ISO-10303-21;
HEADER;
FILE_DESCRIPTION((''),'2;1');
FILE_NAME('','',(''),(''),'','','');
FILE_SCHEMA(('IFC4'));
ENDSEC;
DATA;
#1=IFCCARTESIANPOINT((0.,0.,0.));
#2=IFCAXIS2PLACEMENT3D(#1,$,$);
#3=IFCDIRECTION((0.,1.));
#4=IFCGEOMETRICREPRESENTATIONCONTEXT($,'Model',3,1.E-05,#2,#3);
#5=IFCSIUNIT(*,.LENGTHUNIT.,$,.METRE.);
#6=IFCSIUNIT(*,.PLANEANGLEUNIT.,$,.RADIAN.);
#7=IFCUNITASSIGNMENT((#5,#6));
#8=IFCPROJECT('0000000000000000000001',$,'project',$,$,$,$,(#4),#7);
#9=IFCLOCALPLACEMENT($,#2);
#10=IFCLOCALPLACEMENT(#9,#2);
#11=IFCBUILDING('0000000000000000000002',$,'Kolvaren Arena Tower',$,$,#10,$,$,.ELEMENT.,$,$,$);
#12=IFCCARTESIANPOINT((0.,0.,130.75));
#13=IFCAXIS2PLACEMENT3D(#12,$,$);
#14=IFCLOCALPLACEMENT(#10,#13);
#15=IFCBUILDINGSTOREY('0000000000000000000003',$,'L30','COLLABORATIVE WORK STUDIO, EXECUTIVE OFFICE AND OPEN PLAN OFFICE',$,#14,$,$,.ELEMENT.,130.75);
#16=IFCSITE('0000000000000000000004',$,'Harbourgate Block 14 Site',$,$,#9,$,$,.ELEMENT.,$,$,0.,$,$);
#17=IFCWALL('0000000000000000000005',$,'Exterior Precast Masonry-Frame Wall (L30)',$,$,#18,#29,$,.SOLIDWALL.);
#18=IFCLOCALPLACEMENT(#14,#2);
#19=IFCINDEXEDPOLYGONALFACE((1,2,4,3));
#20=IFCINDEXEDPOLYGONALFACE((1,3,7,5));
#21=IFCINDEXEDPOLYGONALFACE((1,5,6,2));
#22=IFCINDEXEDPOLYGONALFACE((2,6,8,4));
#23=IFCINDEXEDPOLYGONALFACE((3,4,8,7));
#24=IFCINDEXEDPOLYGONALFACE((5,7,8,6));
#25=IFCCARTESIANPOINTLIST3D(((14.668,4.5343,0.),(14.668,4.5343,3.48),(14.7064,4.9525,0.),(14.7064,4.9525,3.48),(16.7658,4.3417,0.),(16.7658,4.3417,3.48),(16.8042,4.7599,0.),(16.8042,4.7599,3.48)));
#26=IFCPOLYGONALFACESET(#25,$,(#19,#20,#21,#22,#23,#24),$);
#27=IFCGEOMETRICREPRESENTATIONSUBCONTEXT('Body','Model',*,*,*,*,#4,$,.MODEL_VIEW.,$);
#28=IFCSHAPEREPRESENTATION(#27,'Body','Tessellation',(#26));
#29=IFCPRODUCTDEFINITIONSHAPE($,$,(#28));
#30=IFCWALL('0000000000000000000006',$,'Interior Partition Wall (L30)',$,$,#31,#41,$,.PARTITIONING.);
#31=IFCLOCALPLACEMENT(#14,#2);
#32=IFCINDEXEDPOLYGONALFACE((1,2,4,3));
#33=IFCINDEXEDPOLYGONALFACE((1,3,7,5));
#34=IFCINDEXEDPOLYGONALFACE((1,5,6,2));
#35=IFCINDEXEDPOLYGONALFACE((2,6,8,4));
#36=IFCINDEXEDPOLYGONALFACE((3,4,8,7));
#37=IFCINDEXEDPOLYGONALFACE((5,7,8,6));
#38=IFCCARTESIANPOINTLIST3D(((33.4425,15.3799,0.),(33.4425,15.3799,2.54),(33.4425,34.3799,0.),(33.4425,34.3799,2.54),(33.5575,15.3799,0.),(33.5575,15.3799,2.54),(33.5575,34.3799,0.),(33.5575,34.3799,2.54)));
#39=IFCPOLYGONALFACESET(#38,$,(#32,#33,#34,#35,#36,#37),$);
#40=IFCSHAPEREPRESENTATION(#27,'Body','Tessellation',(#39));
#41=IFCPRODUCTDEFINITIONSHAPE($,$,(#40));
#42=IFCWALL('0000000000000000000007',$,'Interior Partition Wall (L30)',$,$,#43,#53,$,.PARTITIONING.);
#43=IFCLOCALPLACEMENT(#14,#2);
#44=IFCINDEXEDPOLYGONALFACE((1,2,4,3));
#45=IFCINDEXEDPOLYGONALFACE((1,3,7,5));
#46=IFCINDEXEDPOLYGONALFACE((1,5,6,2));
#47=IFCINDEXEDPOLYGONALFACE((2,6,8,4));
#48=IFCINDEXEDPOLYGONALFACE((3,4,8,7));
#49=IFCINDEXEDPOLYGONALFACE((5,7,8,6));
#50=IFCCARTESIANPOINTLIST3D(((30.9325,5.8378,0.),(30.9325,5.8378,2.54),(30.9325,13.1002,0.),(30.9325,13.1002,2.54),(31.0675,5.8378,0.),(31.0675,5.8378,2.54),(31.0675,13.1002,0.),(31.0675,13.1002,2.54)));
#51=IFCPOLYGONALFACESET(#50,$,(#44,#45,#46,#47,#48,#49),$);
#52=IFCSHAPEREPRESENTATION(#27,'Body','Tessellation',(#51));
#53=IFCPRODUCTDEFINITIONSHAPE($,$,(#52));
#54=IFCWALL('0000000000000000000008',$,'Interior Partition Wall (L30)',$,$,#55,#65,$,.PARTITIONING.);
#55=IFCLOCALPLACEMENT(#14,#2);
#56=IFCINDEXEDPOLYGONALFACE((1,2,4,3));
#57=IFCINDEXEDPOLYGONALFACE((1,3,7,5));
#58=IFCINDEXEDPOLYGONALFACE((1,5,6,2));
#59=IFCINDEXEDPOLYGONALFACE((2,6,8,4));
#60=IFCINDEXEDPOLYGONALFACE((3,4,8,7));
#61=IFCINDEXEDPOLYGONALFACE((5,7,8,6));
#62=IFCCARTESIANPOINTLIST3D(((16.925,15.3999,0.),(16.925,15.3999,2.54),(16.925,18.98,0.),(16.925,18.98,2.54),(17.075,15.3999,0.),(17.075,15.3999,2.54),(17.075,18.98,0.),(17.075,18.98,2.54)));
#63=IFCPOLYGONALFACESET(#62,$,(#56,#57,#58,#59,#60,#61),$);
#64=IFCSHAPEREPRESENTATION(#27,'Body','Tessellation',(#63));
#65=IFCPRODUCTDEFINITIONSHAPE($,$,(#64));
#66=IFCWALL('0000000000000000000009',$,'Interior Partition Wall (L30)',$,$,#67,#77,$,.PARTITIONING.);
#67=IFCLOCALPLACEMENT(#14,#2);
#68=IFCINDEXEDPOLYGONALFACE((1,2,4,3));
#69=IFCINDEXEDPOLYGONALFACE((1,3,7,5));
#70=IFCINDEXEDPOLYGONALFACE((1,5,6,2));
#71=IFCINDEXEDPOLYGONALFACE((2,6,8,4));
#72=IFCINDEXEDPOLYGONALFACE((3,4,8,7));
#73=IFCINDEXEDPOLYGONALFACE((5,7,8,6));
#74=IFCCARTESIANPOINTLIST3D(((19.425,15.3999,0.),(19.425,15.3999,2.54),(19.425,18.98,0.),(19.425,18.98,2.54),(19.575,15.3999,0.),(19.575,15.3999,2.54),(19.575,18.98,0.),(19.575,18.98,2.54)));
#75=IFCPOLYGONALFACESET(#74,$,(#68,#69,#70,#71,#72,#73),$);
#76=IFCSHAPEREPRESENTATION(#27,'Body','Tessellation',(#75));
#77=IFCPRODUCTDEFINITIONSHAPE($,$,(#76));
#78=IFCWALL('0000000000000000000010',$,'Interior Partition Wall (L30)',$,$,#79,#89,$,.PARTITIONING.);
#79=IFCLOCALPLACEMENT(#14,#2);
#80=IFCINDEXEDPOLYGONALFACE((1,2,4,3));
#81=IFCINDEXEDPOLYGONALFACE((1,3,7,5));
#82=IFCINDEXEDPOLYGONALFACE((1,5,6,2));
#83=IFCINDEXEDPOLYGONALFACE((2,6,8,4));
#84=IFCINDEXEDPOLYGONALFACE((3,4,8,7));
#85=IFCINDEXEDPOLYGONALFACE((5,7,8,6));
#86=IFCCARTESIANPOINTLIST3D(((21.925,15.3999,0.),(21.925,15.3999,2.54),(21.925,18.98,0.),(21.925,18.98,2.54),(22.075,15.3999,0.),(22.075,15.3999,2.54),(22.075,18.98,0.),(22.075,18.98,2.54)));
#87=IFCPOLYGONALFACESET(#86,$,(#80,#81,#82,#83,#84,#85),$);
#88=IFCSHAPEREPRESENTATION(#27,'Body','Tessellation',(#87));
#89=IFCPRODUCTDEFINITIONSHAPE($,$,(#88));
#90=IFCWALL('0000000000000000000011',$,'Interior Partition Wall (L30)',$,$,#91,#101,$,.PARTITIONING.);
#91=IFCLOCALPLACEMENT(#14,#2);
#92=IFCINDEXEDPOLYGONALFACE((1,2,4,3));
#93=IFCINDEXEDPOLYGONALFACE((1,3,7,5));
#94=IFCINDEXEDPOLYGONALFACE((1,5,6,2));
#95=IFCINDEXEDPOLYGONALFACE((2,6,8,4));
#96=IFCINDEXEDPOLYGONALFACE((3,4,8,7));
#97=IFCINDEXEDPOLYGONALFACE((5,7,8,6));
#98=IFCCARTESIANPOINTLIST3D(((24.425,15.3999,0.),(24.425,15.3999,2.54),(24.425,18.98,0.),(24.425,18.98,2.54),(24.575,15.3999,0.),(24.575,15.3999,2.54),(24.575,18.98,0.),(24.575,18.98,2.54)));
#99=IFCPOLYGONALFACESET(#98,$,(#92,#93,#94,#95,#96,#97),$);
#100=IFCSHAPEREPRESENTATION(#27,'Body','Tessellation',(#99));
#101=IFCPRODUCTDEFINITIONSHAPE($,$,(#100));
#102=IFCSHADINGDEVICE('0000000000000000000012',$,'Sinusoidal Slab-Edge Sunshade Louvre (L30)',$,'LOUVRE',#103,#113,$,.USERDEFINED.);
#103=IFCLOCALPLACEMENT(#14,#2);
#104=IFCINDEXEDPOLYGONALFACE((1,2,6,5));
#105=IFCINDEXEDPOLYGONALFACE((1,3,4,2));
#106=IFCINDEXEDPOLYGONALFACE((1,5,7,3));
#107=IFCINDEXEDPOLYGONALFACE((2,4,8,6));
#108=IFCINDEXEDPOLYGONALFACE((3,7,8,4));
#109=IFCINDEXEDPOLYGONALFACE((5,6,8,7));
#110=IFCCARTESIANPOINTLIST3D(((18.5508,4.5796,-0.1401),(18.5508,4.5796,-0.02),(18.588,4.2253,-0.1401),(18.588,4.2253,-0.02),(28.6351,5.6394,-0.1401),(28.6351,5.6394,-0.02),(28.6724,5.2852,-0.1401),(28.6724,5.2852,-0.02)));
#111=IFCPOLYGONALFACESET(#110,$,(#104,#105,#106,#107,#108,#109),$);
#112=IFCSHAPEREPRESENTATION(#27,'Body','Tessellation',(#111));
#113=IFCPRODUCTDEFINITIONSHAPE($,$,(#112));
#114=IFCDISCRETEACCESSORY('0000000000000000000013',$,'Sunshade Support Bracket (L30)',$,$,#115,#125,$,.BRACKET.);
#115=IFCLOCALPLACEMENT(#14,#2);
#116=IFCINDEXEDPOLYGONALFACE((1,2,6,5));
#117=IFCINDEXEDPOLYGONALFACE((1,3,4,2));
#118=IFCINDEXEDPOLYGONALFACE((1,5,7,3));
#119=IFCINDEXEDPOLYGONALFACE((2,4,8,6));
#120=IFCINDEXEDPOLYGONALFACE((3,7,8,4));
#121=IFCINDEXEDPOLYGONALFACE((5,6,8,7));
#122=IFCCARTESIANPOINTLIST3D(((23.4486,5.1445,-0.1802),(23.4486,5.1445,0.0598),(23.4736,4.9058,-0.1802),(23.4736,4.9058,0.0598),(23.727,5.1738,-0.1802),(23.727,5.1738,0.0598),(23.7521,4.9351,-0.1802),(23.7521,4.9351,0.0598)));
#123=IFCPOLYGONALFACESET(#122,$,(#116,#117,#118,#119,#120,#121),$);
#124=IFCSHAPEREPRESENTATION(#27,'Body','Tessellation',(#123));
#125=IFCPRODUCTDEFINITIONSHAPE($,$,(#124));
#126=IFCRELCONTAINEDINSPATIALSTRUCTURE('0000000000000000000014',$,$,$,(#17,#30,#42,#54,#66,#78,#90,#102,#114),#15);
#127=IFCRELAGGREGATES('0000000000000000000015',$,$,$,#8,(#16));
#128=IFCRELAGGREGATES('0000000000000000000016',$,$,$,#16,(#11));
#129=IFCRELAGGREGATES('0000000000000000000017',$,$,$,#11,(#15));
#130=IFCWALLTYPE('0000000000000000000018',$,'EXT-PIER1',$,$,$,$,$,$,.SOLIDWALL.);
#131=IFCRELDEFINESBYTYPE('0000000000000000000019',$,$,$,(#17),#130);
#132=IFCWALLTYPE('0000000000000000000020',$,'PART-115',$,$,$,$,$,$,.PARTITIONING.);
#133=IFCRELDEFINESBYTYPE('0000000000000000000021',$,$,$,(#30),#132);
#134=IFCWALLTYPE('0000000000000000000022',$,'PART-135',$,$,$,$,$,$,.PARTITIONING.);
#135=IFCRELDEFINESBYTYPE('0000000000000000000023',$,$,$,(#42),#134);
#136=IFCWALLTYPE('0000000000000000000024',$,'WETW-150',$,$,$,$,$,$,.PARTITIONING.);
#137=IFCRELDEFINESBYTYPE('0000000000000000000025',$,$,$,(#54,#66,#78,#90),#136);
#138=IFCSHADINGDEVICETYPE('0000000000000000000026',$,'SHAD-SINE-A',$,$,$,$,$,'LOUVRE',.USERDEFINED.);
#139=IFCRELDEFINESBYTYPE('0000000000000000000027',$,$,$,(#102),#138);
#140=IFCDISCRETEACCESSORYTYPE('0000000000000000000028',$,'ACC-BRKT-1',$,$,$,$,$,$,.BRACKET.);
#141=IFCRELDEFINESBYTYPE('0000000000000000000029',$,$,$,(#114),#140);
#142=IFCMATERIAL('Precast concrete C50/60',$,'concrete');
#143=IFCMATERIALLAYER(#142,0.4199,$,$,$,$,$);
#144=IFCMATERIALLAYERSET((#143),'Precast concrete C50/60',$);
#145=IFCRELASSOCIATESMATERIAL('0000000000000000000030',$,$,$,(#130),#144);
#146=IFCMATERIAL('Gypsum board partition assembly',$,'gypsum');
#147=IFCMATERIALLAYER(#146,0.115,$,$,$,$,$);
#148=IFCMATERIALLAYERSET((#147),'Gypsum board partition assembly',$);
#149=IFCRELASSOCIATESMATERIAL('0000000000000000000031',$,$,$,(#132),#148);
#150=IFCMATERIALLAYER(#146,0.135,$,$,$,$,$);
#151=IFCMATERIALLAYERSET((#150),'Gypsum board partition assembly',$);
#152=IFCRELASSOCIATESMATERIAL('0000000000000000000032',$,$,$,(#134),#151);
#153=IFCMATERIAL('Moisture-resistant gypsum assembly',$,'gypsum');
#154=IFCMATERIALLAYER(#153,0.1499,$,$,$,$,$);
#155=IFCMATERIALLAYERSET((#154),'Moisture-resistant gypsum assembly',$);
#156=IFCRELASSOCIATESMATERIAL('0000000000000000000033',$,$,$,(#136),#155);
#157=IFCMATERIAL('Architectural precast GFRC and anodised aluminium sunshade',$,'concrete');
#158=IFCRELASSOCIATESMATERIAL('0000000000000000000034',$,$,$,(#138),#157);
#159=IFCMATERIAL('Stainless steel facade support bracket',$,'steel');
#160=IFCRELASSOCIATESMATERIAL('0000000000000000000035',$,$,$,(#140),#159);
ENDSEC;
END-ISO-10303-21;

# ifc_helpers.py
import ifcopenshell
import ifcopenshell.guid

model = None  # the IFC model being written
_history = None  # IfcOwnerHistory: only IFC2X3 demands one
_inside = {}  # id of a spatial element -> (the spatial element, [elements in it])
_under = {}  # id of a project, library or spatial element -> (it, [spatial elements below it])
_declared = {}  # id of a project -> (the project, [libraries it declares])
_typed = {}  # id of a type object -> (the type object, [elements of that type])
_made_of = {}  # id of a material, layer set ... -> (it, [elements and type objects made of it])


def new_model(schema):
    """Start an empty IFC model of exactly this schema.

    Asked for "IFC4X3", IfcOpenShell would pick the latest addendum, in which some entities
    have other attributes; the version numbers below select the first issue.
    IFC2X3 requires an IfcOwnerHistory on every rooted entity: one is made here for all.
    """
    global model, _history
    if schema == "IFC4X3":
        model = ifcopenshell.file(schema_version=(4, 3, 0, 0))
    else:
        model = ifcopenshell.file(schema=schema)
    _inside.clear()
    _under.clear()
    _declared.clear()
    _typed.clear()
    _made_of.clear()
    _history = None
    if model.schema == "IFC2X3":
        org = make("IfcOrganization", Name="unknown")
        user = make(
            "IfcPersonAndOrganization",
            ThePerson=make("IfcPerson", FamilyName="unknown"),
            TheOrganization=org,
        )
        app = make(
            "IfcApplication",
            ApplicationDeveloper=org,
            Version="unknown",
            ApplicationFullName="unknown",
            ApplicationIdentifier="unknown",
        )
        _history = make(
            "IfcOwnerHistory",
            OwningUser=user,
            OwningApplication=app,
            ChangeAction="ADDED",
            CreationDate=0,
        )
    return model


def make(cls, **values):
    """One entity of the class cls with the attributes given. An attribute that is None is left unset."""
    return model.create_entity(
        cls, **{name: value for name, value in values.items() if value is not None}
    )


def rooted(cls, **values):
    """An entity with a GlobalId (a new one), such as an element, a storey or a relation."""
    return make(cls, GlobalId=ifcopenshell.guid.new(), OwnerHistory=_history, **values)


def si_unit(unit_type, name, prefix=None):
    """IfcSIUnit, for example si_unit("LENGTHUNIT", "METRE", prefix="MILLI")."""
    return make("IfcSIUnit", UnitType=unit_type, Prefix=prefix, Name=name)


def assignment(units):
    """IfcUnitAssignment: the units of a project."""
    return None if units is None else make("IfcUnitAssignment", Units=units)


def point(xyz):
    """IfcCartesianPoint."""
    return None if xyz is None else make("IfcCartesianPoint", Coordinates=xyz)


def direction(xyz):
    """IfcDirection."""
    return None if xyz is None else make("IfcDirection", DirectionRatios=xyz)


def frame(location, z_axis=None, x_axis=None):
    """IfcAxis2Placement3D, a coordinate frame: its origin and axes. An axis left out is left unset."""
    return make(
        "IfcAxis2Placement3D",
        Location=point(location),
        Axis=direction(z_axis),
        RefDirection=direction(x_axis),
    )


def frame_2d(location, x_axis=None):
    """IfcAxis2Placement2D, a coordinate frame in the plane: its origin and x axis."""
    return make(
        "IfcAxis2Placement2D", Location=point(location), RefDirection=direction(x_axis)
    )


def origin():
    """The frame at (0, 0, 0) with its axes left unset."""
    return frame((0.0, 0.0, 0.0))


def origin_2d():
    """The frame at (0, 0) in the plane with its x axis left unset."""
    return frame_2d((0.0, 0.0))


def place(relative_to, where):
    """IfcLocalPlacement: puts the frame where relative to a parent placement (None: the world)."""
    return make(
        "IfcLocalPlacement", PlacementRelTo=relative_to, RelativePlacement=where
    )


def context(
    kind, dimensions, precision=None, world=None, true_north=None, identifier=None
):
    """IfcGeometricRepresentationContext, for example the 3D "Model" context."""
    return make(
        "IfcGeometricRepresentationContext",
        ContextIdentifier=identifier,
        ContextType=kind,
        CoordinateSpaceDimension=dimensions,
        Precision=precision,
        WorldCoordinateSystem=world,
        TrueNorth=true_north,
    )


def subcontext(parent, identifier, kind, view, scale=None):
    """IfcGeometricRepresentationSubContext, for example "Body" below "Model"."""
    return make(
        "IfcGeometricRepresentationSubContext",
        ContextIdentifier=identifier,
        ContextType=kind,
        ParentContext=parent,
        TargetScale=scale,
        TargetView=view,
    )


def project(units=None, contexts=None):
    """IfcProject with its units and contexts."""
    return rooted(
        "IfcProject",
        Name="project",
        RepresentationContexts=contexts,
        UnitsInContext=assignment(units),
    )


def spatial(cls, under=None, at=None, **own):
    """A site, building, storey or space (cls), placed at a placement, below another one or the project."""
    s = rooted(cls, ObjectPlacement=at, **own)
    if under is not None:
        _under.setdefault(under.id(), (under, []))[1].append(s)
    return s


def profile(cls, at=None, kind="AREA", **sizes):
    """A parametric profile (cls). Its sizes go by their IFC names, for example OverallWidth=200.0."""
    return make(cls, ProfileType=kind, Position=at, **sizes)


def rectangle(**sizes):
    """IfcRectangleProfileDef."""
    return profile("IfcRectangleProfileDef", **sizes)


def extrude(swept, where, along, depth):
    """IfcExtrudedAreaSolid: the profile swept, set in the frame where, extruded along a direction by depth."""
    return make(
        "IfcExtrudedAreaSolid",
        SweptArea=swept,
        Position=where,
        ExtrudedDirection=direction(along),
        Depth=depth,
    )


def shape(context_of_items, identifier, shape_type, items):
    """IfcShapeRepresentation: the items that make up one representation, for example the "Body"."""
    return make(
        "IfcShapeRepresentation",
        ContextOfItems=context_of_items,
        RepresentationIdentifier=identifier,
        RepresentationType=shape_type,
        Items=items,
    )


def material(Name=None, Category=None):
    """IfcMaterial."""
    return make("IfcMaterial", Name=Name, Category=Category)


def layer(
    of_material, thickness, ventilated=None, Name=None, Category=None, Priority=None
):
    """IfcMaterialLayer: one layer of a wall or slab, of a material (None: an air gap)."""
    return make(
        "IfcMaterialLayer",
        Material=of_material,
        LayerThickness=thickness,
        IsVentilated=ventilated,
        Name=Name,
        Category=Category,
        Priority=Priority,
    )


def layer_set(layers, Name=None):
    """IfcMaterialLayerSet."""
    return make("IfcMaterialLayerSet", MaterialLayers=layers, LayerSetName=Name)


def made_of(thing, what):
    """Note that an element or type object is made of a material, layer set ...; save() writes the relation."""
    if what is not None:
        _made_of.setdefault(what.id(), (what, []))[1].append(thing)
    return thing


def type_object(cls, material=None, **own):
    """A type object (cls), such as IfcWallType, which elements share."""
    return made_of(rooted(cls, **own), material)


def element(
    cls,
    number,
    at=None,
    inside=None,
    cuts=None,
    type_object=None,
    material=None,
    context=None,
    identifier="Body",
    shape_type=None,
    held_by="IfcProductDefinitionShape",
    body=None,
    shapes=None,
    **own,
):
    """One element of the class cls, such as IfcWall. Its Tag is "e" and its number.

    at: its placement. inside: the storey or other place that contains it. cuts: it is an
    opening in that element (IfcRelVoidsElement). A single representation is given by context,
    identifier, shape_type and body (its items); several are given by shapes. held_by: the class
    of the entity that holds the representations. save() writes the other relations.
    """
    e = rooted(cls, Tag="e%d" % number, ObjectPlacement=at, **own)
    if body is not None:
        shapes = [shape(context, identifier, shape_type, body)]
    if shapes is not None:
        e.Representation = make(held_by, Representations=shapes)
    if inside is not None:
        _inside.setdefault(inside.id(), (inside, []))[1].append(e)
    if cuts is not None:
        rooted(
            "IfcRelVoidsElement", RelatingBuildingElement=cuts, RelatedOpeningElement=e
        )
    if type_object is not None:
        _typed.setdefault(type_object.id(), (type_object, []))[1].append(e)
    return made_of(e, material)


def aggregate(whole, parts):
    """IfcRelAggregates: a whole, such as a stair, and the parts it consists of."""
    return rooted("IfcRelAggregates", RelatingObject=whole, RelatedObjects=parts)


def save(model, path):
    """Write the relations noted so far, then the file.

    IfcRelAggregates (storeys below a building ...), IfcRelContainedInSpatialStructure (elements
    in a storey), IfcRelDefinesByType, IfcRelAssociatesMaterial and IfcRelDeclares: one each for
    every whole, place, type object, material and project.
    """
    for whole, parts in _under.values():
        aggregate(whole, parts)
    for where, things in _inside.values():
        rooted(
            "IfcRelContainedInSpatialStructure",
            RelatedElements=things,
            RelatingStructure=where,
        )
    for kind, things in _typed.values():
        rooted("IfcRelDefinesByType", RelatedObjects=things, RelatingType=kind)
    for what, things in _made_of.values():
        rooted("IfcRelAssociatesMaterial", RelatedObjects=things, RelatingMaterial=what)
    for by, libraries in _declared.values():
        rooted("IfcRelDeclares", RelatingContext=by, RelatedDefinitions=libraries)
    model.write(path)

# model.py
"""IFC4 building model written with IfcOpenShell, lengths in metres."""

from ifc_helpers import new_model, si_unit, direction, frame, frame_2d, origin, origin_2d, place, context, subcontext, project, spatial, rectangle, extrude, material, layer, layer_set, type_object, element, save


model = new_model("IFC4")

# Units and contexts
model_context = context("Model", 3, precision=1e-05, world=origin(), true_north=direction((0.0, 1.0)))
body_context = subcontext(model_context, "Body", "Model", "MODEL_VIEW")
ifc_project = project(units=[si_unit("LENGTHUNIT", "METRE"), si_unit("PLANEANGLEUNIT", "RADIAN")], contexts=[model_context])

# Site, building, storey
site_placement = place(None, origin())
site = spatial("IfcSite", under=ifc_project, at=site_placement, Name="Harbourgate Block 14 Site", CompositionType="ELEMENT", RefElevation=0.0)
building_placement = place(site_placement, origin())
building = spatial("IfcBuilding", under=site, at=building_placement, Name="Kolvaren Arena Tower", CompositionType="ELEMENT")
storey_placement = place(building_placement, frame((0.0, 0.0, 130.75)))
storey = spatial("IfcBuildingStorey", under=building, at=storey_placement, Name="L30", Description="COLLABORATIVE WORK STUDIO, EXECUTIVE OFFICE AND OPEN PLAN OFFICE", CompositionType="ELEMENT", Elevation=130.75)

# Walls
ifc_material_1 = material(Name="Precast concrete C50/60", Category="concrete")
ifc_layer_1 = layer(ifc_material_1, 0.4199)
ifc_layer_set_1 = layer_set([ifc_layer_1], Name="Precast concrete C50/60")
wall_type_1 = type_object("IfcWallType", Name="EXT-PIER1", PredefinedType="SOLIDWALL", material=ifc_layer_set_1)
wall_1_placement = place(storey_placement, frame((16.7849, 4.5508, 0.0), z_axis=(0.0, 0.0, 1.0), x_axis=(-0.995811, 0.091434, 0.0)))
element("IfcWall", 1, at=wall_1_placement, inside=storey, type_object=wall_type_1, Name="Exterior Precast Masonry-Frame Wall (L30)", PredefinedType="SOLIDWALL", context=body_context, shape_type="SweptSolid", body=[
    extrude(rectangle(XDim=2.1067, YDim=0.4199, at=frame_2d((1.0532, 0.0))), origin(), (0.0, 0.0, 1.0), 3.48),
])
ifc_material_2 = material(Name="Gypsum board partition assembly", Category="gypsum")
ifc_layer_2 = layer(ifc_material_2, 0.115)
ifc_layer_set_2 = layer_set([ifc_layer_2], Name="Gypsum board partition assembly")
wall_type_2 = type_object("IfcWallType", Name="PART-115", PredefinedType="PARTITIONING", material=ifc_layer_set_2)
wall_2_placement = place(storey_placement, frame((33.5, 15.3799, 0.0), z_axis=(0.0, 0.0, 1.0), x_axis=(0.0, 1.0, 0.0)))
element("IfcWall", 2, at=wall_2_placement, inside=storey, type_object=wall_type_2, Name="Interior Partition Wall (L30)", PredefinedType="PARTITIONING", context=body_context, shape_type="SweptSolid", body=[
    extrude(rectangle(XDim=19.0, YDim=0.115, at=frame_2d((9.5, 0.0))), origin(), (0.0, 0.0, 1.0), 2.54),
])
ifc_layer_3 = layer(ifc_material_2, 0.135)
ifc_layer_set_3 = layer_set([ifc_layer_3], Name="Gypsum board partition assembly")
wall_type_3 = type_object("IfcWallType", Name="PART-135", PredefinedType="PARTITIONING", material=ifc_layer_set_3)
wall_3_placement = place(storey_placement, frame((31.0, 5.8376, 0.0), z_axis=(0.0, 0.0, 1.0), x_axis=(0.0, 1.0, 0.0)))
element("IfcWall", 3, at=wall_3_placement, inside=storey, type_object=wall_type_3, Name="Interior Partition Wall (L30)", PredefinedType="PARTITIONING", context=body_context, shape_type="SweptSolid", body=[
    extrude(rectangle(XDim=7.2625, YDim=0.135, at=frame_2d((3.6313, 0.0))), origin(), (0.0, 0.0, 1.0), 2.54),
])
ifc_material_3 = material(Name="Moisture-resistant gypsum assembly", Category="gypsum")
ifc_layer_4 = layer(ifc_material_3, 0.1499)
ifc_layer_set_4 = layer_set([ifc_layer_4], Name="Moisture-resistant gypsum assembly")
wall_type_4 = type_object("IfcWallType", Name="WETW-150", PredefinedType="PARTITIONING", material=ifc_layer_set_4)
for number, where, z_axis, x_axis, name in (
    (4, (17.0, 15.3999, 0.0), (0.0, 0.0, 1.0), (0.0, 1.0, 0.0), "Interior Partition Wall (L30)"),
    (5, (19.5, 15.3999, 0.0), (0.0, 0.0, 1.0), (0.0, 1.0, 0.0), "Interior Partition Wall (L30)"),
    (6, (22.0, 15.3999, 0.0), (0.0, 0.0, 1.0), (0.0, 1.0, 0.0), "Interior Partition Wall (L30)"),
    (7, (24.5, 15.3999, 0.0), (0.0, 0.0, 1.0), (0.0, 1.0, 0.0), "Interior Partition Wall (L30)"),
):
    element("IfcWall", number, at=place(storey_placement, frame(where, z_axis=z_axis, x_axis=x_axis)), inside=storey, type_object=wall_type_4, Name=name, PredefinedType="PARTITIONING", context=body_context, shape_type="SweptSolid", body=[
        extrude(rectangle(XDim=3.5801, YDim=0.1499, at=frame_2d((1.79, 0.0))), origin(), (0.0, 0.0, 1.0), 2.54),
    ])

# Shading device
ifc_material_4 = material(Name="Architectural precast GFRC and anodised aluminium sunshade", Category="concrete")
shading_device_type = type_object("IfcShadingDeviceType", Name="SHAD-SINE-A", ElementType="LOUVRE", PredefinedType="USERDEFINED", material=ifc_material_4)
shading_device_placement = place(storey_placement, frame((23.6116, 4.9324, -0.1401), z_axis=(0.0, 0.0, 1.0), x_axis=(-0.994522, -0.104527, 0.0)))
element("IfcShadingDevice", 8, at=shading_device_placement, inside=storey, type_object=shading_device_type, Name="Sinusoidal Slab-Edge Sunshade Louvre (L30)", ObjectType="LOUVRE", PredefinedType="USERDEFINED", context=body_context, shape_type="SweptSolid", body=[
    extrude(rectangle(XDim=10.1399, YDim=0.3562, at=origin_2d()), origin(), (0.0, 0.0, 1.0), 0.1201),
])

# Discrete accessory
ifc_material_5 = material(Name="Stainless steel facade support bracket", Category="steel")
discrete_accessory_type = type_object("IfcDiscreteAccessoryType", Name="ACC-BRKT-1", PredefinedType="BRACKET", material=ifc_material_5)
discrete_accessory_placement = place(storey_placement, frame((23.6003, 5.0398, -0.1802), z_axis=(0.0, 0.0, 1.0), x_axis=(-0.994522, -0.104527, 0.0)))
element("IfcDiscreteAccessory", 9, at=discrete_accessory_placement, inside=storey, type_object=discrete_accessory_type, Name="Sunshade Support Bracket (L30)", PredefinedType="BRACKET", context=body_context, shape_type="SweptSolid", body=[
    extrude(rectangle(XDim=0.28, YDim=0.24, at=origin_2d()), origin(), (0.0, 0.0, 1.0), 0.24),
])

save(model, "model.ifc")
